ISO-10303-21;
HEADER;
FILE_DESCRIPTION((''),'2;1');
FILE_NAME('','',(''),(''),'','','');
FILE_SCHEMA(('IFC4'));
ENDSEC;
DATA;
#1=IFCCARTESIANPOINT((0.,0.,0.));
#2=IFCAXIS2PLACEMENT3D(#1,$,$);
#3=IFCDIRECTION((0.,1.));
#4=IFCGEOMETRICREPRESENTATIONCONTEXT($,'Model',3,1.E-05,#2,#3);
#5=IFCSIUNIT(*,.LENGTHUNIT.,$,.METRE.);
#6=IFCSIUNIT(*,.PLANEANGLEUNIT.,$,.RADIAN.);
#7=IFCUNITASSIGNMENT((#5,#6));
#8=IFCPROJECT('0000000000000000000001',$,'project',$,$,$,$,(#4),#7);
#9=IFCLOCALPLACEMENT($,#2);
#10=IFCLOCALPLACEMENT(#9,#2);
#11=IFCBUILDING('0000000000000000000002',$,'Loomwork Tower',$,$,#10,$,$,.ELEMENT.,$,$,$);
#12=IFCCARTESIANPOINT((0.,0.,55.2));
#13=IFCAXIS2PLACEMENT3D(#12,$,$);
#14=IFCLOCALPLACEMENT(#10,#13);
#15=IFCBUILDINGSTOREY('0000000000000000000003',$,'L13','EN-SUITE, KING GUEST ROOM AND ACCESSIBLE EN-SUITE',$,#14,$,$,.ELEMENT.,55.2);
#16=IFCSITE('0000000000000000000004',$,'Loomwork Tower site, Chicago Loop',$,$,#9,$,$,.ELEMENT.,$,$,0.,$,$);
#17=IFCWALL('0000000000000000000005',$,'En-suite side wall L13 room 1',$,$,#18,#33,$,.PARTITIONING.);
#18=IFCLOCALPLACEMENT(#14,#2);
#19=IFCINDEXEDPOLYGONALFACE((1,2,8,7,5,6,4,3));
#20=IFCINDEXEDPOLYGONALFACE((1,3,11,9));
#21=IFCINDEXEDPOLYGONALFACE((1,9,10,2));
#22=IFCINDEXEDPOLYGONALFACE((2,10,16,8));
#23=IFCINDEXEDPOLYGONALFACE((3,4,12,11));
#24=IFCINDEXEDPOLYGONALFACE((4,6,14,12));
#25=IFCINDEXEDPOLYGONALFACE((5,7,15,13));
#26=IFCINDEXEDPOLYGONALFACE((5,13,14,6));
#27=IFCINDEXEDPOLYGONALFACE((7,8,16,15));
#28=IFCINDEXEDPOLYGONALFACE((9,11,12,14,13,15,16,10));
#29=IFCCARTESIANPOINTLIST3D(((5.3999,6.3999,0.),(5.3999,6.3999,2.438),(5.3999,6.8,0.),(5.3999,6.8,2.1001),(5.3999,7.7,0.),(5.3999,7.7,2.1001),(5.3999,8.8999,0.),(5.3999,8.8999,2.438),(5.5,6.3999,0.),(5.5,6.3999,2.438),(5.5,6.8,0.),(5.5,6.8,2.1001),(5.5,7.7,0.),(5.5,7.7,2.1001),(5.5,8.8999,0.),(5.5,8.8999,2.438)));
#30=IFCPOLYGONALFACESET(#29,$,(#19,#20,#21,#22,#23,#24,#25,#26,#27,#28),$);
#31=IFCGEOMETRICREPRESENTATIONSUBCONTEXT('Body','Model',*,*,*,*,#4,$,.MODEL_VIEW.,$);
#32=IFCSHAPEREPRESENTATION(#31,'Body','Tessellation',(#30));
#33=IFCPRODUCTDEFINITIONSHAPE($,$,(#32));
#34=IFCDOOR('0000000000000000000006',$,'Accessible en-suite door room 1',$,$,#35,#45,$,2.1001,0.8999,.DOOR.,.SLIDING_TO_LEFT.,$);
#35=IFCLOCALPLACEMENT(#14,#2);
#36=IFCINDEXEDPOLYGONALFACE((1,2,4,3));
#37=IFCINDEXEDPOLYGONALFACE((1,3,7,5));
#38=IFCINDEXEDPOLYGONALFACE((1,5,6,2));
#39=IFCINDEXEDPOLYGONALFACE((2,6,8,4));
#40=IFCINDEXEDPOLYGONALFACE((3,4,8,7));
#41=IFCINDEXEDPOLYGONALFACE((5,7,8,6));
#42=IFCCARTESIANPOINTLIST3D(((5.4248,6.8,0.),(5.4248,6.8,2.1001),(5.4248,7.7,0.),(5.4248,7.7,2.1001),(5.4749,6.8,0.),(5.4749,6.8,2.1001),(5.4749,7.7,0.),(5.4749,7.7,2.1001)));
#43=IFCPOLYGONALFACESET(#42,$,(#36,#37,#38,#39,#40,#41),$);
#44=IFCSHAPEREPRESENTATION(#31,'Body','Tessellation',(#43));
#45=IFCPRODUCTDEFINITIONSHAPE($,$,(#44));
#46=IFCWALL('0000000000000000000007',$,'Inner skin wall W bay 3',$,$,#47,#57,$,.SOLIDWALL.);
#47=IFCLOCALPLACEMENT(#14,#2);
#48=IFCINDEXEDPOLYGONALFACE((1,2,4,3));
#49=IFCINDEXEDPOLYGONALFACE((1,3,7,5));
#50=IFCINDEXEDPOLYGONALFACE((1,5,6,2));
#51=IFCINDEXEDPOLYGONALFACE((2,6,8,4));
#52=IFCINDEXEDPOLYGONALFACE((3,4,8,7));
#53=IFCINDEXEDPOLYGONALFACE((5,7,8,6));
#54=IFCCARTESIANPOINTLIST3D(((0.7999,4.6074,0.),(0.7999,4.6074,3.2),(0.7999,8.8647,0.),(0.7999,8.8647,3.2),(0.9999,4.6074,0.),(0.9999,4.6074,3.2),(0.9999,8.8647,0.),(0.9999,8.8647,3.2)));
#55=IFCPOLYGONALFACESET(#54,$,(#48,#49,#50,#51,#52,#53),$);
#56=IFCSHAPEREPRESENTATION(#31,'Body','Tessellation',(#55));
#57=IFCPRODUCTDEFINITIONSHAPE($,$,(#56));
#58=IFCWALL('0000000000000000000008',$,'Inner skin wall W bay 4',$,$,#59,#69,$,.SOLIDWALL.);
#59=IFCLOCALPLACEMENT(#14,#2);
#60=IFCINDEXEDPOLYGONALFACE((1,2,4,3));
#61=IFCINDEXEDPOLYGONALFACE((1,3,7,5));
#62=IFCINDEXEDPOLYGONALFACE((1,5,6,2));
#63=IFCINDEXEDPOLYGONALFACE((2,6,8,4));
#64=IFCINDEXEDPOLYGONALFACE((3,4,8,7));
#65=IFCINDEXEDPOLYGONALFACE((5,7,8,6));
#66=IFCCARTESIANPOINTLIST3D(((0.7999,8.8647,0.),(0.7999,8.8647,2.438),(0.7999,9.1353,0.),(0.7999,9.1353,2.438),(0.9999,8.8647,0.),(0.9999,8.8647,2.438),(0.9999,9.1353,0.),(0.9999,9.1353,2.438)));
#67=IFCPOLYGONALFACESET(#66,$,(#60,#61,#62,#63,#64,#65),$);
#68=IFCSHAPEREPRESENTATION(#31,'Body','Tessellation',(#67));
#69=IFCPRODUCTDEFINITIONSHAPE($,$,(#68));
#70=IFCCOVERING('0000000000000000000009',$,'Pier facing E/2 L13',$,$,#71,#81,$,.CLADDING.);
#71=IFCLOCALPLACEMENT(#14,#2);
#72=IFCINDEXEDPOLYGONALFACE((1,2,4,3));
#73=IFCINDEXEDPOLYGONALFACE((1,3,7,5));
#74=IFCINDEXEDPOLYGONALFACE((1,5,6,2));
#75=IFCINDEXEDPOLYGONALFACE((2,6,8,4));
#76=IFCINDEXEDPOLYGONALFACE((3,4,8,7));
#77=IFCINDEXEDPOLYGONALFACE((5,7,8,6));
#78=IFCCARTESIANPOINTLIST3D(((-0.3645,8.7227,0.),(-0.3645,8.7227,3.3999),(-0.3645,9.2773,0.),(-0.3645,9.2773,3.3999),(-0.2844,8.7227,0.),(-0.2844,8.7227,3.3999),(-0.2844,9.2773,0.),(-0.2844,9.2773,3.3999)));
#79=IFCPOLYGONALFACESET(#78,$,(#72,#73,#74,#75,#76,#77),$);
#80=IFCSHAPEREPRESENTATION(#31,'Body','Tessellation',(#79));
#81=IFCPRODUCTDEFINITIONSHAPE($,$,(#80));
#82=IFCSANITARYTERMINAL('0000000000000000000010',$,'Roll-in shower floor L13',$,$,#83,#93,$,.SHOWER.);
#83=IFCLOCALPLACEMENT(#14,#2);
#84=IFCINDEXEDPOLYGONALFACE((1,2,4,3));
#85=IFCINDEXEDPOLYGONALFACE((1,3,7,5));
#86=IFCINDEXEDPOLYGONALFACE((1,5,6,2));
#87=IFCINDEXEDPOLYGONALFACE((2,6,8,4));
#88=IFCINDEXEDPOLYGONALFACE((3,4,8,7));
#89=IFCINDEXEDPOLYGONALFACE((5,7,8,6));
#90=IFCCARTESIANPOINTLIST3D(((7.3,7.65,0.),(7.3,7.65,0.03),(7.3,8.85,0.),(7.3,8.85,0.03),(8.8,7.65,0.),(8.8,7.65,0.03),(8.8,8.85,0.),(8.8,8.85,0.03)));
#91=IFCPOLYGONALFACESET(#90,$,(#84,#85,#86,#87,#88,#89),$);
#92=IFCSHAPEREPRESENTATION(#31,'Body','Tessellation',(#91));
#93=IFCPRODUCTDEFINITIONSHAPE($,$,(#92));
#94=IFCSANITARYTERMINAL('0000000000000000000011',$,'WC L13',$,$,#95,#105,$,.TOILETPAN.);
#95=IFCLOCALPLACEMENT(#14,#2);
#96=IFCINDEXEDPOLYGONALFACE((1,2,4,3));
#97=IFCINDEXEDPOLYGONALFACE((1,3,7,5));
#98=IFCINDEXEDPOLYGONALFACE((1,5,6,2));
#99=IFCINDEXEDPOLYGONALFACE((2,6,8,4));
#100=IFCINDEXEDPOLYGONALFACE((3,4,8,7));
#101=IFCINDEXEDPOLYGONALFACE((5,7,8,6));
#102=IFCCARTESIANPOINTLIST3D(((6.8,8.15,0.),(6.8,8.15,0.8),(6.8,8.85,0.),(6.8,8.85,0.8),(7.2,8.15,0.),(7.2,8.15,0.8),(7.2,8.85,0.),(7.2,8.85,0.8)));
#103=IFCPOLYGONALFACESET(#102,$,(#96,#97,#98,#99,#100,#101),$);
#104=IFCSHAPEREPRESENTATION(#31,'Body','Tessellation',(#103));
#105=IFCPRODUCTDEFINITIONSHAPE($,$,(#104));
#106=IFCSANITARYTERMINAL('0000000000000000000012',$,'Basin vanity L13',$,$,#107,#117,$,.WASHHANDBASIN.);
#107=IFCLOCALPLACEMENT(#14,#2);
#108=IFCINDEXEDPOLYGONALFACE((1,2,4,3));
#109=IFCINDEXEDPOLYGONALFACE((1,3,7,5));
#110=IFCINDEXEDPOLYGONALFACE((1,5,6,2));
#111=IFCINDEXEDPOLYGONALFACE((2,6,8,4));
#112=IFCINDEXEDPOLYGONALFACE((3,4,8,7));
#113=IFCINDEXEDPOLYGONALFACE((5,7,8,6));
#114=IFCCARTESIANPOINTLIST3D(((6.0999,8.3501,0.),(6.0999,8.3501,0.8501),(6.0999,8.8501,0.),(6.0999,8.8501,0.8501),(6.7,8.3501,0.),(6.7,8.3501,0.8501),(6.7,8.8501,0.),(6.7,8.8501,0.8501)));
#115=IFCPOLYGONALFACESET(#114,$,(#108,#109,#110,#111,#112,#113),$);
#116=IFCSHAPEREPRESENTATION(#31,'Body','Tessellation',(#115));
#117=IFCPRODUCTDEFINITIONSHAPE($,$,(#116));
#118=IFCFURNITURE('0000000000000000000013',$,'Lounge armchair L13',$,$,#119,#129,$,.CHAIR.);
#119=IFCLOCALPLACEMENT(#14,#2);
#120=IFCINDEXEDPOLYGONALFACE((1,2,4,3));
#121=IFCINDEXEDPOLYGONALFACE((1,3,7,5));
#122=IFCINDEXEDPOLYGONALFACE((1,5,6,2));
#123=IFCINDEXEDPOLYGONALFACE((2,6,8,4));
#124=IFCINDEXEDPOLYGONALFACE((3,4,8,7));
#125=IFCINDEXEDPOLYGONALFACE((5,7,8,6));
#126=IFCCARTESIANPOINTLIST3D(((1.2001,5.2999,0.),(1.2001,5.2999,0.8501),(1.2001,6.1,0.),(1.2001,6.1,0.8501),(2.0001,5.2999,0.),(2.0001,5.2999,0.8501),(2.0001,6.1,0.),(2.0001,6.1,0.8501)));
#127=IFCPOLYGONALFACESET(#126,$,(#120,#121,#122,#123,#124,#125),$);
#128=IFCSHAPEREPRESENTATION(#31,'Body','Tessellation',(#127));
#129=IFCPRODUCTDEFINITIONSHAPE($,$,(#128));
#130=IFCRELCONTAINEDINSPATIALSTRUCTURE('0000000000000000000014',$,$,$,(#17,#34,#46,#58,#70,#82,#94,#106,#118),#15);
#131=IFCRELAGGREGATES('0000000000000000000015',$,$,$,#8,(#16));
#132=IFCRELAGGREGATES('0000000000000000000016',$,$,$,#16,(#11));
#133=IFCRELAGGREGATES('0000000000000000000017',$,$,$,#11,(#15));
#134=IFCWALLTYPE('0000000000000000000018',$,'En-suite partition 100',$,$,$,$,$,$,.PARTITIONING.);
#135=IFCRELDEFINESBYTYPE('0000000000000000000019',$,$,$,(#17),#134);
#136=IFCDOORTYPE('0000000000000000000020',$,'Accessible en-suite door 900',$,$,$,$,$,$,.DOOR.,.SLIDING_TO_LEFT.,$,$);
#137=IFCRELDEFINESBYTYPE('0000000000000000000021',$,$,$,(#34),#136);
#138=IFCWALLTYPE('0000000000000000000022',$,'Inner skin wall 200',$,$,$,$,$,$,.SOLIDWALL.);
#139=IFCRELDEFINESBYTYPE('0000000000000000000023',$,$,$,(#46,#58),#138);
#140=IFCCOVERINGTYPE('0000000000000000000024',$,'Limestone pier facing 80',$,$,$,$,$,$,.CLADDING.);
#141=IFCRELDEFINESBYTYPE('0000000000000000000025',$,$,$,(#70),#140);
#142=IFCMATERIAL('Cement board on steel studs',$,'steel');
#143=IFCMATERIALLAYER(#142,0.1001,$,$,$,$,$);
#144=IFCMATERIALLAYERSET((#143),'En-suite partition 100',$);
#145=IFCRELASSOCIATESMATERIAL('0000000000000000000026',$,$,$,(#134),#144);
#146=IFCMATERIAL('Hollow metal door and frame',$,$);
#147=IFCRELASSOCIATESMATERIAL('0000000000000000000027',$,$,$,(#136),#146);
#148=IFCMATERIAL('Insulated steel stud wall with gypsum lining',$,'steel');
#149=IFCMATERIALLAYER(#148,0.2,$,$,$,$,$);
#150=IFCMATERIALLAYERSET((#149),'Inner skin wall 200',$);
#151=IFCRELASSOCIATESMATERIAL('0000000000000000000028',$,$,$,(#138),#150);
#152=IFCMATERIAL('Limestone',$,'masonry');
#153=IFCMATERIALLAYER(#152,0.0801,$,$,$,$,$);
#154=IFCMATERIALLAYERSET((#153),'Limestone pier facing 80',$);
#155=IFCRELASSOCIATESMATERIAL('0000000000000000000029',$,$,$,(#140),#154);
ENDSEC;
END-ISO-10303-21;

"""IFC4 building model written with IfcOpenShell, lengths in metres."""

from ifc_helpers import new_model, si_unit, direction, frame, frame_2d, origin, origin_2d, place, context, subcontext, project, spatial, rectangle, extrude, material, layer, layer_set, type_object, element, fill, save


model = new_model("IFC4")

# Units and contexts
model_context = context("Model", 3, precision=1e-05, world=origin(), true_north=direction((0.0, 1.0)))
body_context = subcontext(model_context, "Body", "Model", "MODEL_VIEW")
ifc_project = project(units=[si_unit("LENGTHUNIT", "METRE"), si_unit("PLANEANGLEUNIT", "RADIAN")], contexts=[model_context])

# Site, building, storey
site_placement = place(None, origin())
site = spatial("IfcSite", under=ifc_project, at=site_placement, Name="Loomwork Tower site, Chicago Loop", CompositionType="ELEMENT", RefElevation=0.0)
building_placement = place(site_placement, origin())
building = spatial("IfcBuilding", under=site, at=building_placement, Name="Loomwork Tower", CompositionType="ELEMENT")
storey_placement = place(building_placement, frame((0.0, 0.0, 55.2)))
storey = spatial("IfcBuildingStorey", under=building, at=storey_placement, Name="L13", Description="EN-SUITE, KING GUEST ROOM AND ACCESSIBLE EN-SUITE", CompositionType="ELEMENT", Elevation=55.2)

# Shared definitions
ifc_material_1 = material(Name="Cement board on steel studs", Category="steel")
ifc_layer_1 = layer(ifc_material_1, 0.1001)
ifc_layer_set_1 = layer_set([ifc_layer_1], Name="En-suite partition 100")
wall_type_1 = type_object("IfcWallType", Name="En-suite partition 100", PredefinedType="PARTITIONING", material=ifc_layer_set_1)

# Wall, opening, door
wall_1_placement = place(storey_placement, frame((5.45, 8.8999, 0.0), z_axis=(0.0, 0.0, 1.0), x_axis=(0.0, -1.0, 0.0)))
wall_1 = element("IfcWall", 1, at=wall_1_placement, inside=storey, type_object=wall_type_1, Name="En-suite side wall L13 room 1", PredefinedType="PARTITIONING", context=body_context, shape_type="SweptSolid", body=[
    extrude(rectangle(XDim=2.5, YDim=0.1001, at=frame_2d((1.25, 0.0))), origin(), (0.0, 0.0, 1.0), 2.438),
])
opening_1_placement = place(wall_1_placement, frame((1.2, 0.0, 0.0)))
opening_1 = element("IfcOpeningElement", 2, at=opening_1_placement, cuts=wall_1, PredefinedType="OPENING", context=body_context, shape_type="SweptSolid", body=[
    extrude(rectangle(XDim=0.8999, YDim=2.1001, at=frame_2d((0.45, 1.05))), frame((0.0, 0.0601, 0.0), z_axis=(0.0, -1.0, 0.0), x_axis=(1.0, 0.0, 0.0)), (0.0, 0.0, 1.0), 0.1201),
])
ifc_material_2 = material(Name="Hollow metal door and frame")
door_type_1 = type_object("IfcDoorType", Name="Accessible en-suite door 900", OperationType="SLIDING_TO_LEFT", PredefinedType="DOOR", material=ifc_material_2)
door_1_placement = place(opening_1_placement, origin())
door_1 = element("IfcDoor", 3, at=door_1_placement, inside=storey, type_object=door_type_1, Name="Accessible en-suite door room 1", OperationType="SLIDING_TO_LEFT", OverallHeight=2.1001, OverallWidth=0.8999, PredefinedType="DOOR", context=body_context, shape_type="SweptSolid", body=[
    extrude(rectangle(XDim=0.8999, YDim=2.1001, at=frame_2d((0.45, 1.05))), frame((0.0, 0.0249, 0.0), z_axis=(0.0, -1.0, 0.0), x_axis=(1.0, 0.0, 0.0)), (0.0, 0.0, 1.0), 0.05),
])
fill(opening_1, door_1)

# Walls
ifc_material_3 = material(Name="Insulated steel stud wall with gypsum lining", Category="steel")
ifc_layer_2 = layer(ifc_material_3, 0.2)
ifc_layer_set_2 = layer_set([ifc_layer_2], Name="Inner skin wall 200")
wall_type_2 = type_object("IfcWallType", Name="Inner skin wall 200", PredefinedType="SOLIDWALL", material=ifc_layer_set_2)
wall_2_placement = place(storey_placement, frame((0.8999, 4.6074, 0.0), z_axis=(0.0, 0.0, 1.0), x_axis=(0.0, 1.0, 0.0)))
element("IfcWall", 4, at=wall_2_placement, inside=storey, type_object=wall_type_2, Name="Inner skin wall W bay 3", PredefinedType="SOLIDWALL", context=body_context, shape_type="SweptSolid", body=[
    extrude(rectangle(XDim=4.2573, YDim=0.2, at=frame_2d((2.1287, 0.0))), origin(), (0.0, 0.0, 1.0), 3.2),
])
wall_3_placement = place(storey_placement, frame((0.8999, 8.8647, 0.0), z_axis=(0.0, 0.0, 1.0), x_axis=(0.0, 1.0, 0.0)))
element("IfcWall", 5, at=wall_3_placement, inside=storey, type_object=wall_type_2, Name="Inner skin wall W bay 4", PredefinedType="SOLIDWALL", context=body_context, shape_type="SweptSolid", body=[
    extrude(rectangle(XDim=0.2705, YDim=0.2, at=frame_2d((0.1353, 0.0))), origin(), (0.0, 0.0, 1.0), 2.438),
])

# Covering
ifc_material_4 = material(Name="Limestone", Category="masonry")
ifc_layer_3 = layer(ifc_material_4, 0.0801)
ifc_layer_set_3 = layer_set([ifc_layer_3], Name="Limestone pier facing 80")
covering_type = type_object("IfcCoveringType", Name="Limestone pier facing 80", PredefinedType="CLADDING", material=ifc_layer_set_3)
covering_placement = place(storey_placement, frame((-0.3245, 9.0, 0.0), z_axis=(0.0, 0.0, 1.0), x_axis=(1.0, 0.0, 0.0)))
element("IfcCovering", 6, at=covering_placement, inside=storey, type_object=covering_type, Name="Pier facing E/2 L13", PredefinedType="CLADDING", context=body_context, shape_type="SweptSolid", body=[
    extrude(rectangle(XDim=0.0801, YDim=0.5547, at=origin_2d()), origin(), (0.0, 0.0, 1.0), 3.3999),
])

# Sanitary terminals
sanitary_terminal_1_placement = place(storey_placement, frame((8.05, 8.25, 0.0), z_axis=(0.0, 0.0, 1.0), x_axis=(1.0, 0.0, 0.0)))
element("IfcSanitaryTerminal", 7, at=sanitary_terminal_1_placement, inside=storey, Name="Roll-in shower floor L13", PredefinedType="SHOWER", context=body_context, shape_type="SweptSolid", body=[
    extrude(rectangle(XDim=1.5, YDim=1.2, at=origin_2d()), origin(), (0.0, 0.0, 1.0), 0.03),
])
sanitary_terminal_2_placement = place(storey_placement, frame((7.0, 8.5, 0.0), z_axis=(0.0, 0.0, 1.0), x_axis=(1.0, 0.0, 0.0)))
element("IfcSanitaryTerminal", 8, at=sanitary_terminal_2_placement, inside=storey, Name="WC L13", PredefinedType="TOILETPAN", context=body_context, shape_type="SweptSolid", body=[
    extrude(rectangle(XDim=0.3999, YDim=0.7, at=origin_2d()), origin(), (0.0, 0.0, 1.0), 0.8),
])
sanitary_terminal_3_placement = place(storey_placement, frame((6.3999, 8.6001, 0.0), z_axis=(0.0, 0.0, 1.0), x_axis=(1.0, 0.0, 0.0)))
element("IfcSanitaryTerminal", 9, at=sanitary_terminal_3_placement, inside=storey, Name="Basin vanity L13", PredefinedType="WASHHANDBASIN", context=body_context, shape_type="SweptSolid", body=[
    extrude(rectangle(XDim=0.6001, YDim=0.5, at=origin_2d()), origin(), (0.0, 0.0, 1.0), 0.8501),
])

# Furniture
furniture_placement = place(storey_placement, frame((1.6001, 5.7, 0.0), z_axis=(0.0, 0.0, 1.0), x_axis=(1.0, 0.0, 0.0)))
element("IfcFurniture", 10, at=furniture_placement, inside=storey, Name="Lounge armchair L13", PredefinedType="CHAIR", context=body_context, shape_type="SweptSolid", body=[
    extrude(rectangle(XDim=0.8, YDim=0.8, at=origin_2d()), origin(), (0.0, 0.0, 1.0), 0.8501),
])

save(model, "model.ifc")
